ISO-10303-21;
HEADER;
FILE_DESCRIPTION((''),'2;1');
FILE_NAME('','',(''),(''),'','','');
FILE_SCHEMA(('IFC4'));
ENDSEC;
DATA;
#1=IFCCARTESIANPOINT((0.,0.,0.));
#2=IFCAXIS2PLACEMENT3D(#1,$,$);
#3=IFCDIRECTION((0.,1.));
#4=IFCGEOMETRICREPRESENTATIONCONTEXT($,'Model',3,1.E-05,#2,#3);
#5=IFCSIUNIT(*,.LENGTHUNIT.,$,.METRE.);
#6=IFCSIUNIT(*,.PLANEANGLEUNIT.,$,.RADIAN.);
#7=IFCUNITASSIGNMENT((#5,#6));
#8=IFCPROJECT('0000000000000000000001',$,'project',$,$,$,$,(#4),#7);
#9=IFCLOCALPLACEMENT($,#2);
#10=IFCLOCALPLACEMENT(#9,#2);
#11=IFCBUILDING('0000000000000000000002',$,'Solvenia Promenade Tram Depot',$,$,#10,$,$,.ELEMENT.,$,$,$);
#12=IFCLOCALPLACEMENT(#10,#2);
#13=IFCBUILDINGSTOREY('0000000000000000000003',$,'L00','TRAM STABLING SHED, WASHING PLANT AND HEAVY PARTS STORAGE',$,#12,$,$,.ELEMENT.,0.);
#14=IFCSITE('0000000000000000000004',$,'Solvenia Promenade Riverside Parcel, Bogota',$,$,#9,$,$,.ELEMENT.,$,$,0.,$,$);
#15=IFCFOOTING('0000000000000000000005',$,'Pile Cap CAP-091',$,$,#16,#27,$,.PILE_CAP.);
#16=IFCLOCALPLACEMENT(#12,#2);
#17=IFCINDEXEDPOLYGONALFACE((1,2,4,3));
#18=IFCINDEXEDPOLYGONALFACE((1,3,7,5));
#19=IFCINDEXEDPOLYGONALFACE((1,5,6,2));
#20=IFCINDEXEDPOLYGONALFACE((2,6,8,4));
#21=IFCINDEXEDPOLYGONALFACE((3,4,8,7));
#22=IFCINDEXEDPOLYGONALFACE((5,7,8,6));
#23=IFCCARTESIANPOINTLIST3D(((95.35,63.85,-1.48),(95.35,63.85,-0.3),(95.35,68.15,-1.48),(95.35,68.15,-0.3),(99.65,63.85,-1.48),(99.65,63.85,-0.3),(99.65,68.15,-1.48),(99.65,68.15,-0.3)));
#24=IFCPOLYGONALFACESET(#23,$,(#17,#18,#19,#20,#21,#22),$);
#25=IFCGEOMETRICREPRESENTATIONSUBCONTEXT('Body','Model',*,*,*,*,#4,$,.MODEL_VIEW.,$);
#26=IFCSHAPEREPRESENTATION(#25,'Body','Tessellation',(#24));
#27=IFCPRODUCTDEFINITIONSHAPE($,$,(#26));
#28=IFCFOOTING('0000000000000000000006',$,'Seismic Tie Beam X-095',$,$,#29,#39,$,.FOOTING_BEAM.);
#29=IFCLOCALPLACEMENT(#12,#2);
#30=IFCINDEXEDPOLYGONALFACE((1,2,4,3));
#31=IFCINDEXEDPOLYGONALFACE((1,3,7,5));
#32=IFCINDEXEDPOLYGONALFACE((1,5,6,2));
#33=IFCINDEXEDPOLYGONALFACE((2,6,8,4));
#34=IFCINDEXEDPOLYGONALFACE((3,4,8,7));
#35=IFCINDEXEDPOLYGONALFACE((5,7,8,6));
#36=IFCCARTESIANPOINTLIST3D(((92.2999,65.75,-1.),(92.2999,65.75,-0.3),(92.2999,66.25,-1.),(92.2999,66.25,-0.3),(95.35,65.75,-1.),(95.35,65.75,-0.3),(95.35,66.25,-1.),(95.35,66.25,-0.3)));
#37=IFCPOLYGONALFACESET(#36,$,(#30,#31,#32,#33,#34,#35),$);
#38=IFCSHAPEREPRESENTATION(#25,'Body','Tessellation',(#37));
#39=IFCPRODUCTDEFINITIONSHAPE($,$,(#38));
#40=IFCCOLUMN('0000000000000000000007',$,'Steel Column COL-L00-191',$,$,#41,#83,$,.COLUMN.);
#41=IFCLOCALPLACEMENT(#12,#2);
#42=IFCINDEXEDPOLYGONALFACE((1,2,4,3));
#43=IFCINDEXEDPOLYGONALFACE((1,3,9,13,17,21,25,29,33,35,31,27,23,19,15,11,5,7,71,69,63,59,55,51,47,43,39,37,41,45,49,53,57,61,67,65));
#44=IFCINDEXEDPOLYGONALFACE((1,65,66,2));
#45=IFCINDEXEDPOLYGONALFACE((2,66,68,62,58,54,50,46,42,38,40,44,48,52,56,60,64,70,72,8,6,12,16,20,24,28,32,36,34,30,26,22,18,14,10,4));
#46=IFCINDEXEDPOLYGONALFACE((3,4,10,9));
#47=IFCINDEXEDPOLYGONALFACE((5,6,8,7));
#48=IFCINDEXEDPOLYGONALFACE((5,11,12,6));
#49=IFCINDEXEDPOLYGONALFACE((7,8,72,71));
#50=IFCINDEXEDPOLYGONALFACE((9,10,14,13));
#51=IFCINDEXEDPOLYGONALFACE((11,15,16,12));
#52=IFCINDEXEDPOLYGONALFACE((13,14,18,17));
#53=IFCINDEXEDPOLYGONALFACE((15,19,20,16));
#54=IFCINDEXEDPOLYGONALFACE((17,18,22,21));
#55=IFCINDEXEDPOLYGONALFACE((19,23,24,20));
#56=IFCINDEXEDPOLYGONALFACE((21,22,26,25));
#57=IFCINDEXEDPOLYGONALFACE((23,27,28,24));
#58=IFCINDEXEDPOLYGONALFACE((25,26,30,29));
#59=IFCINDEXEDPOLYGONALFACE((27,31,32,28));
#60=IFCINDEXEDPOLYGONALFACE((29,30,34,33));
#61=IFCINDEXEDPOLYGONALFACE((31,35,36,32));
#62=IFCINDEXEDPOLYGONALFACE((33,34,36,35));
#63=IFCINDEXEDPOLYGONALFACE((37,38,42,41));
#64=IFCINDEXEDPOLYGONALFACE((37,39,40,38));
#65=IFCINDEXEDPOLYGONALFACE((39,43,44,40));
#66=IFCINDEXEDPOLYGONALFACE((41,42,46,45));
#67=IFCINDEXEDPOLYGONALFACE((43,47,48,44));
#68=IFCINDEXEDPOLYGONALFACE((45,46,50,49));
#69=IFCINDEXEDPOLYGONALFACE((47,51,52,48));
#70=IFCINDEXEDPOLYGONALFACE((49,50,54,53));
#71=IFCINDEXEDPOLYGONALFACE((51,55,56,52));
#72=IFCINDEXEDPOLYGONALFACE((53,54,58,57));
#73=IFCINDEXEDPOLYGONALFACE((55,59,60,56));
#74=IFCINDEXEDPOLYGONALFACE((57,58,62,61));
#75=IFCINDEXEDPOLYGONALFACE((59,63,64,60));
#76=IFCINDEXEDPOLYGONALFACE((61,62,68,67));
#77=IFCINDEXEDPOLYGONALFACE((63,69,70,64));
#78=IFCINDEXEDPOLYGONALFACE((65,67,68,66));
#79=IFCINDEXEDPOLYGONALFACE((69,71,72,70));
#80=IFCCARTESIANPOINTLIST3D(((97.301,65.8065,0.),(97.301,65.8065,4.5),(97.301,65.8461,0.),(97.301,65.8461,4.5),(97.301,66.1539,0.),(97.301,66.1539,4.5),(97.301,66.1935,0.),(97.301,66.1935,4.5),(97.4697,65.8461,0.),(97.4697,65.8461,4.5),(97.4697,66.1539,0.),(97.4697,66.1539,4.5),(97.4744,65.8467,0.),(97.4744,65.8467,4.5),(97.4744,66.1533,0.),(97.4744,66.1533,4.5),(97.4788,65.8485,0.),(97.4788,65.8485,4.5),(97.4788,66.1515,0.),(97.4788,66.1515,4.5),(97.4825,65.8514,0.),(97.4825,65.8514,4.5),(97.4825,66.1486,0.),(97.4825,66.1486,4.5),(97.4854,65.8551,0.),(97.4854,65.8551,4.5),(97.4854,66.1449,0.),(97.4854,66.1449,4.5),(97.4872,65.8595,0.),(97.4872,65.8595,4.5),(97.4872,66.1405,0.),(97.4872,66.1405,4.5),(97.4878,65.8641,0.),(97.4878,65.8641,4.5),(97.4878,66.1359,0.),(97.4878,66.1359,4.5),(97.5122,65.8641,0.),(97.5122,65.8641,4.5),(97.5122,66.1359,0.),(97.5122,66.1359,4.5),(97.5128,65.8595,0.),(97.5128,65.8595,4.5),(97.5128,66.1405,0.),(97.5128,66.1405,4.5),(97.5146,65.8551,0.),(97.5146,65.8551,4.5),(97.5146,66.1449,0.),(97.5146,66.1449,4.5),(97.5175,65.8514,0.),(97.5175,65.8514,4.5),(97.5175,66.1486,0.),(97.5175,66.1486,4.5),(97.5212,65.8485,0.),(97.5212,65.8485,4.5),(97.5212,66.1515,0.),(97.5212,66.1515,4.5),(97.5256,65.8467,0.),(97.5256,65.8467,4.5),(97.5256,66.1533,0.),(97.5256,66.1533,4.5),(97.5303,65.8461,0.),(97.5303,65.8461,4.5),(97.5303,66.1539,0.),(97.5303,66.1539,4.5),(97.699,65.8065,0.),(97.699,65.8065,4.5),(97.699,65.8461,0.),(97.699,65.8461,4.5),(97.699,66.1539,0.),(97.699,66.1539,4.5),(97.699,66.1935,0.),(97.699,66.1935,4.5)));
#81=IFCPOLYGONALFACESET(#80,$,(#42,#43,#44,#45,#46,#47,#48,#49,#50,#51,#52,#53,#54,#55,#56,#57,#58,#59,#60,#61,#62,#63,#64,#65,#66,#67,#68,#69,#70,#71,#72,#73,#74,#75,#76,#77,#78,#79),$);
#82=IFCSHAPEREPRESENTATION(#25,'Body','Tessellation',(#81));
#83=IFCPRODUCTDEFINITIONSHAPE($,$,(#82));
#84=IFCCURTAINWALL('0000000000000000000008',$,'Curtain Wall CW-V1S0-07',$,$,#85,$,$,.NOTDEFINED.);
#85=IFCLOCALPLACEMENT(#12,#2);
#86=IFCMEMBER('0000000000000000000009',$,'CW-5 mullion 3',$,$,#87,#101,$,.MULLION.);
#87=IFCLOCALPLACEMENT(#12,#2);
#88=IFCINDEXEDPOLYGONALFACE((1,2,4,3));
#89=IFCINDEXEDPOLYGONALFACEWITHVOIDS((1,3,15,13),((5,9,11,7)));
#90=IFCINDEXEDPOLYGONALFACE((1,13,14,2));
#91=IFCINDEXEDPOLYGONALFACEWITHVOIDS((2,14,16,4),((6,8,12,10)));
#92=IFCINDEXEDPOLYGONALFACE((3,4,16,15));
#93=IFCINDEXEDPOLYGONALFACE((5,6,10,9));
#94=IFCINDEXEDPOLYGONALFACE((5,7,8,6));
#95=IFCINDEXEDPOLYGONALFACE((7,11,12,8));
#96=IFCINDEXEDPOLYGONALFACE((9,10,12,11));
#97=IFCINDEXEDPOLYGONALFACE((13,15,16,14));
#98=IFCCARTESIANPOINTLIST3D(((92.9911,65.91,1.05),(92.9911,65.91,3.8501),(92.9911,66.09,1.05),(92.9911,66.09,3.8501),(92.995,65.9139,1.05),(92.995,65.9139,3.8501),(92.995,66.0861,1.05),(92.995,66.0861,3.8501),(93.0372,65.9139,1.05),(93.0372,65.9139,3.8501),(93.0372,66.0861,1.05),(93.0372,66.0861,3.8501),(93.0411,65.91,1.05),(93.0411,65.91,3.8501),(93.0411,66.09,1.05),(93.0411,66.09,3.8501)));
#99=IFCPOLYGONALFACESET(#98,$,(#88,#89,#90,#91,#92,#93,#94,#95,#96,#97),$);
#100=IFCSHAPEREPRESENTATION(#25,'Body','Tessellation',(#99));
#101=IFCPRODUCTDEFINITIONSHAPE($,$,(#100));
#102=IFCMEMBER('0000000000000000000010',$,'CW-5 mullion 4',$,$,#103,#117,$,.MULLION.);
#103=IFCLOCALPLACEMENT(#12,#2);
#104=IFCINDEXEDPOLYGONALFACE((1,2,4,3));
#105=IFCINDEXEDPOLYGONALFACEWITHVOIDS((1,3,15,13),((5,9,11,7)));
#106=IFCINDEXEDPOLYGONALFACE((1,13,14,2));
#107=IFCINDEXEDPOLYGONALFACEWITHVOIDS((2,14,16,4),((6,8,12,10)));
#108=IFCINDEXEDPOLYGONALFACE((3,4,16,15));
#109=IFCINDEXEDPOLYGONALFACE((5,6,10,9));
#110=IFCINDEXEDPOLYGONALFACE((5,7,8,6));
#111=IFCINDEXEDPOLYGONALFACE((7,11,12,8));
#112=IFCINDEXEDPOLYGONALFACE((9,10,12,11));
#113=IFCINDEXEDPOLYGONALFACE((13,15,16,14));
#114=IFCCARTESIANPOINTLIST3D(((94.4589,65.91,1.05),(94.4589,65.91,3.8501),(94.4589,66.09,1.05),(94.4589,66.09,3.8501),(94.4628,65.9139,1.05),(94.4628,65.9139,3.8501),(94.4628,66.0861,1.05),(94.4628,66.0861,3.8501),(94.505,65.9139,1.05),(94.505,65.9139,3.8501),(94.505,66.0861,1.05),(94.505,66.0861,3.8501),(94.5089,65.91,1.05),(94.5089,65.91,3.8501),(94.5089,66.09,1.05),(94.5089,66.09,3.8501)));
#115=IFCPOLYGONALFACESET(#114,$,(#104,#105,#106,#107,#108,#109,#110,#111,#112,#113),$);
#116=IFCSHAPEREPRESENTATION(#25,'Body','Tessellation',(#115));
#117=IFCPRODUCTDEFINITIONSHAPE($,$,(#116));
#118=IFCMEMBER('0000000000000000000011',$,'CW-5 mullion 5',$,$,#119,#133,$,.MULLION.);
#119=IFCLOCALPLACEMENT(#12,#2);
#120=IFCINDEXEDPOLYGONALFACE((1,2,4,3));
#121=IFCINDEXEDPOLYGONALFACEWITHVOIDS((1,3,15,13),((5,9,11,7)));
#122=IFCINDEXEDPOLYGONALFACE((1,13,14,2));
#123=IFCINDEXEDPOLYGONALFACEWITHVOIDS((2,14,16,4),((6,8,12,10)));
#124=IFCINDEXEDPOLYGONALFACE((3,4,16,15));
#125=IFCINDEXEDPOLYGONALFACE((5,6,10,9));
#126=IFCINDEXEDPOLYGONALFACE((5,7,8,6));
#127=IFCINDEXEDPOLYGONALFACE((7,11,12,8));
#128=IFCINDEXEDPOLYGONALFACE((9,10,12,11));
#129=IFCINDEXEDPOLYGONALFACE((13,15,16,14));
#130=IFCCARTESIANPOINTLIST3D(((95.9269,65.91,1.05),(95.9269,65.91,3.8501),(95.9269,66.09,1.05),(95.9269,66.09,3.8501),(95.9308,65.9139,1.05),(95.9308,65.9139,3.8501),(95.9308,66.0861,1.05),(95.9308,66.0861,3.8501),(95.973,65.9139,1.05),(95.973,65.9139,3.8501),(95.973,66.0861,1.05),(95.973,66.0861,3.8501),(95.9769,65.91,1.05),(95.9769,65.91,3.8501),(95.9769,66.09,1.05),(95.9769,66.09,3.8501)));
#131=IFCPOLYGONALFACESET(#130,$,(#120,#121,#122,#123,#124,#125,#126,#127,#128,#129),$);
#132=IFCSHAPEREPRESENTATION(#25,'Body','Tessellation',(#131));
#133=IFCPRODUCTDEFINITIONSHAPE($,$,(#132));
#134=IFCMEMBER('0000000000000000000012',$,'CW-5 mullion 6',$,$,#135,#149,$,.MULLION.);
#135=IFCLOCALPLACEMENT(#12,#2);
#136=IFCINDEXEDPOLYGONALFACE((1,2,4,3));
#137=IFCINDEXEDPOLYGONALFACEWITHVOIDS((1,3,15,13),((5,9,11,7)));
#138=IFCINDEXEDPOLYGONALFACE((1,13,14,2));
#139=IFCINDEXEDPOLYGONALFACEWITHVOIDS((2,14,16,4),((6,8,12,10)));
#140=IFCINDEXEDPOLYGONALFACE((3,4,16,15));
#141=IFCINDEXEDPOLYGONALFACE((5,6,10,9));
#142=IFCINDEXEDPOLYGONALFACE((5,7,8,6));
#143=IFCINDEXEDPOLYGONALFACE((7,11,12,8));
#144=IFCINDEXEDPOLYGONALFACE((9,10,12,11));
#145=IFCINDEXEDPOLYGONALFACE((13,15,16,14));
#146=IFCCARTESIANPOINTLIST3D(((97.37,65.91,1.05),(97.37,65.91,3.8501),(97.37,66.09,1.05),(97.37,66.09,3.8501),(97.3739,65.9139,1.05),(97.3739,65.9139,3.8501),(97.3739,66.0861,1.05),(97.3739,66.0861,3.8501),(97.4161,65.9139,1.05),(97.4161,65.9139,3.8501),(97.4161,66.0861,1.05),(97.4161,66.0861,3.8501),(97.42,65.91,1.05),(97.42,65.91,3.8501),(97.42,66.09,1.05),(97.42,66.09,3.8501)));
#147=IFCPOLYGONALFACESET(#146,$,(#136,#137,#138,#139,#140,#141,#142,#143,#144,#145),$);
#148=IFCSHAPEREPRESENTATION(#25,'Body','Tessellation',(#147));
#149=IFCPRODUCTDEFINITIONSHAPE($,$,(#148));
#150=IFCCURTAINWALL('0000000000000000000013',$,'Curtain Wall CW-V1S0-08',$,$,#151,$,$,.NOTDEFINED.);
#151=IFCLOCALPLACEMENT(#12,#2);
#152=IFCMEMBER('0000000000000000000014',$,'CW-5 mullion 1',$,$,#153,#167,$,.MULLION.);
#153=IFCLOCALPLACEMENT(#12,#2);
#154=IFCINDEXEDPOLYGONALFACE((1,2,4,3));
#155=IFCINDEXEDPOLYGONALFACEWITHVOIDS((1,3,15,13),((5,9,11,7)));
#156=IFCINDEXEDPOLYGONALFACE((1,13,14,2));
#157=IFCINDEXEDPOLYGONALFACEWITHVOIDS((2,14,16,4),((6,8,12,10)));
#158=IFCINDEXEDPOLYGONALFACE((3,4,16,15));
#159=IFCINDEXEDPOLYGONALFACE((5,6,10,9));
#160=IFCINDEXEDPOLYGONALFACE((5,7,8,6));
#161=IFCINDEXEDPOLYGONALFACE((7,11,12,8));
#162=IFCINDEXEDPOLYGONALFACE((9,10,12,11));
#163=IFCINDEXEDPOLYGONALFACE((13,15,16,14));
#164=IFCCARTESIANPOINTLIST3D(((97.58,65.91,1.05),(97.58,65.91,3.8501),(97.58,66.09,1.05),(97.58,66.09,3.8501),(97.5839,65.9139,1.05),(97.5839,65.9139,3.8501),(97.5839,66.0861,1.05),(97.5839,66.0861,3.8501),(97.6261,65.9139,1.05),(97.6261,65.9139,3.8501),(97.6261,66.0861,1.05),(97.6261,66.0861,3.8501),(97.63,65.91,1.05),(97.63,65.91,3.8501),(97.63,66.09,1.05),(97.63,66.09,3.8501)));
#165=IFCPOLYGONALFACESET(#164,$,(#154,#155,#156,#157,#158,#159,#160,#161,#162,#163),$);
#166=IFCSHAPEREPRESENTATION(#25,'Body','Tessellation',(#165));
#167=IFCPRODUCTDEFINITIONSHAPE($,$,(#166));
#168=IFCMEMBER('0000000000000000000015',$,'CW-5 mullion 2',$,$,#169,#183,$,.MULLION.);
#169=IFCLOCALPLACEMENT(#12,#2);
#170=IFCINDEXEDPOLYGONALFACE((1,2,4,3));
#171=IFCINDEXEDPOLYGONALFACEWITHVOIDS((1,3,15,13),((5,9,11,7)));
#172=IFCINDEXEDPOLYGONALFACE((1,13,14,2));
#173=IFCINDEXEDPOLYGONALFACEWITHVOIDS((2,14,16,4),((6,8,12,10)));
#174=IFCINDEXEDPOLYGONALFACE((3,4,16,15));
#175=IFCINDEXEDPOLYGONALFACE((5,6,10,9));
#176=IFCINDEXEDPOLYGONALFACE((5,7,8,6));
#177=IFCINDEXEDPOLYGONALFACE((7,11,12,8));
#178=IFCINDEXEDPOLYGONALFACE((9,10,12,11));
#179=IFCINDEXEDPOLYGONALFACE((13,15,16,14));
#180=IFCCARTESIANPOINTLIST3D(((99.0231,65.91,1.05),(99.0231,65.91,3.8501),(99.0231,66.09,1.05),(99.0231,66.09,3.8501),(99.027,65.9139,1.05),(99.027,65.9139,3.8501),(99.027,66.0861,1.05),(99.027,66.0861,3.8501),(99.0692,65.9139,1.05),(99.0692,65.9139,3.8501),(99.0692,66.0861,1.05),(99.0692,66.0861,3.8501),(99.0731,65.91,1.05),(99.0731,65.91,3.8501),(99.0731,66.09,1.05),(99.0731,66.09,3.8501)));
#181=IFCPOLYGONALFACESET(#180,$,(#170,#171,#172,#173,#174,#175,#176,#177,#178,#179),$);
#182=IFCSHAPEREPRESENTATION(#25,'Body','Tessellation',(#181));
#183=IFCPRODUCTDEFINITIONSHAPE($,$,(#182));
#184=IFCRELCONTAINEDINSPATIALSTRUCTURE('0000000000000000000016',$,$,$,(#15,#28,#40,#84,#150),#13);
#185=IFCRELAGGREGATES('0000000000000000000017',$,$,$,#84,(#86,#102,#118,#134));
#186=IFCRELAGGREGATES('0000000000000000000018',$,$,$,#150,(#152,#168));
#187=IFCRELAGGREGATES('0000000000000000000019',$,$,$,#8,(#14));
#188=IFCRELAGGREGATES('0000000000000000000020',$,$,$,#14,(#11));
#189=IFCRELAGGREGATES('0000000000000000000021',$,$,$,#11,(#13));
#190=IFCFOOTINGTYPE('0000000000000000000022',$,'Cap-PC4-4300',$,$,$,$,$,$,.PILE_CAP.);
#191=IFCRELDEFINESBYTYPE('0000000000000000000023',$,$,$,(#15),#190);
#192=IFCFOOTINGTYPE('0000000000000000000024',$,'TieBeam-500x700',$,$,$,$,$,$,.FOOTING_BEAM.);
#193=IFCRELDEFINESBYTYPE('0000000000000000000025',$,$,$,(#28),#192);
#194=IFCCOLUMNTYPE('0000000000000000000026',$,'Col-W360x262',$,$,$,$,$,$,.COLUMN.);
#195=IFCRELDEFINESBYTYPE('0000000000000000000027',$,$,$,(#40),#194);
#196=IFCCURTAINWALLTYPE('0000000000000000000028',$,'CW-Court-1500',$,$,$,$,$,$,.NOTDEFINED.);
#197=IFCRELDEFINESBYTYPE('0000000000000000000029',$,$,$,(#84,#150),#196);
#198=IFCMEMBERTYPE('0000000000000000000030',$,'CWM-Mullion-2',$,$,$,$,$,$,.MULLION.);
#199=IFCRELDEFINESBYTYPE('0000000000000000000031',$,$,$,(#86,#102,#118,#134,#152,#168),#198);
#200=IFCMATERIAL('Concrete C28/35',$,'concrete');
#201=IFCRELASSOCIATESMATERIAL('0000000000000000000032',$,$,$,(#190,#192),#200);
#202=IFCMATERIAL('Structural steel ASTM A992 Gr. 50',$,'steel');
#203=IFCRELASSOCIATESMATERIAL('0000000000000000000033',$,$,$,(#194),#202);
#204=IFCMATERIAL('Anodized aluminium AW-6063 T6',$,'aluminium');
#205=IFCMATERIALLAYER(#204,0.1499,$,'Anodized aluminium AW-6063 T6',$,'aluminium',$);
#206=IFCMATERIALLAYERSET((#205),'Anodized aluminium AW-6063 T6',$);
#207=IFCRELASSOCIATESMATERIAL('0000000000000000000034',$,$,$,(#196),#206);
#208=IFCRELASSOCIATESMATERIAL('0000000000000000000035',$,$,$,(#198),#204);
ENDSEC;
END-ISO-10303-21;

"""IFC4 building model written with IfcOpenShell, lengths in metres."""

from ifc_helpers import new_model, si_unit, direction, frame, origin, origin_2d, place, context, subcontext, project, spatial, rectangle, hollow_rectangle, i_section, extrude, material, layer, layer_set, material_profile, profile_set, type_object, element, aggregate, save


model = new_model("IFC4")

# Units and contexts
model_context = context("Model", 3, precision=1e-05, world=origin(), true_north=direction((0.0, 1.0)))
body_context = subcontext(model_context, "Body", "Model", "MODEL_VIEW")
ifc_project = project(units=[si_unit("LENGTHUNIT", "METRE"), si_unit("PLANEANGLEUNIT", "RADIAN")], contexts=[model_context])

# Site, building, storey
site_placement = place(None, origin())
site = spatial("IfcSite", under=ifc_project, at=site_placement, Name="Solvenia Promenade Riverside Parcel, Bogota", CompositionType="ELEMENT", RefElevation=0.0)
building_placement = place(site_placement, origin())
building = spatial("IfcBuilding", under=site, at=building_placement, Name="Solvenia Promenade Tram Depot", CompositionType="ELEMENT")
storey_placement = place(building_placement, origin())
storey = spatial("IfcBuildingStorey", under=building, at=storey_placement, Name="L00", Description="TRAM STABLING SHED, WASHING PLANT AND HEAVY PARTS STORAGE", CompositionType="ELEMENT", Elevation=0.0)

# Footings
ifc_material_1 = material(Name="Concrete C28/35", Category="concrete")
footing_type_1 = type_object("IfcFootingType", Name="Cap-PC4-4300", PredefinedType="PILE_CAP", material=ifc_material_1)
footing_1_placement = place(storey_placement, frame((97.5, 66.0, -1.48), z_axis=(0.0, 0.0, 1.0), x_axis=(1.0, 0.0, 0.0)))
element("IfcFooting", 1, at=footing_1_placement, inside=storey, type_object=footing_type_1, Name="Pile Cap CAP-091", PredefinedType="PILE_CAP", context=body_context, shape_type="SweptSolid", body=[
    extrude(rectangle(XDim=4.3, YDim=4.3, at=origin_2d()), origin(), (0.0, 0.0, 1.0), 1.1799),
])
footing_type_2 = type_object("IfcFootingType", Name="TieBeam-500x700", PredefinedType="FOOTING_BEAM", material=ifc_material_1)
footing_2_placement = place(storey_placement, frame((93.825, 66.0, -1.0), z_axis=(0.0, 0.0, 1.0), x_axis=(1.0, 0.0, 0.0)))
element("IfcFooting", 2, at=footing_2_placement, inside=storey, type_object=footing_type_2, Name="Seismic Tie Beam X-095", PredefinedType="FOOTING_BEAM", context=body_context, shape_type="SweptSolid", body=[
    extrude(rectangle(XDim=3.05, YDim=0.5, at=origin_2d()), origin(), (0.0, 0.0, 1.0), 0.7),
])

# Column
ifc_material_2 = material(Name="Structural steel ASTM A992 Gr. 50", Category="steel")
ifc_material_profile_1 = material_profile(ifc_material_2, i_section(OverallWidth=0.3979, OverallDepth=0.387, WebThickness=0.0244, FlangeThickness=0.0396, FilletRadius=0.0181, at=origin_2d()), Name="W360x262", Category="steel")
ifc_profile_set_1 = profile_set([ifc_material_profile_1], Name="Structural steel ASTM A992 Gr. 50")
column_type = type_object("IfcColumnType", Name="Col-W360x262", PredefinedType="COLUMN", material=ifc_profile_set_1)
column_placement = place(storey_placement, frame((97.5, 66.0, 0.0), z_axis=(0.0, 0.0, 1.0), x_axis=(1.0, 0.0, 0.0)))
element("IfcColumn", 3, at=column_placement, inside=storey, type_object=column_type, Name="Steel Column COL-L00-191", PredefinedType="COLUMN", context=body_context, shape_type="SweptSolid", body=[
    extrude(i_section(OverallWidth=0.3979, OverallDepth=0.387, WebThickness=0.0244, FlangeThickness=0.0396, FilletRadius=0.0181, at=origin_2d()), origin(), (0.0, 0.0, 1.0), 4.5),
])

# Curtain walls, members
ifc_material_3 = material(Name="Anodized aluminium AW-6063 T6", Category="aluminium")
ifc_layer_1 = layer(ifc_material_3, 0.1499, Name="Anodized aluminium AW-6063 T6", Category="aluminium")
ifc_layer_set_1 = layer_set([ifc_layer_1], Name="Anodized aluminium AW-6063 T6")
curtain_wall_type = type_object("IfcCurtainWallType", Name="CW-Court-1500", PredefinedType="NOTDEFINED", material=ifc_layer_set_1)
curtain_wall_1_placement = place(storey_placement, origin())
curtain_wall_1 = element("IfcCurtainWall", 4, at=curtain_wall_1_placement, inside=storey, type_object=curtain_wall_type, Name="Curtain Wall CW-V1S0-07", PredefinedType="NOTDEFINED")
ifc_material_profile_2 = material_profile(ifc_material_3, hollow_rectangle(XDim=0.1799, YDim=0.05, WallThickness=0.0039, at=origin_2d()), Name="ALU-M2", Category="aluminium")
ifc_profile_set_2 = profile_set([ifc_material_profile_2], Name="Anodized aluminium AW-6063 T6")
member_type_1 = type_object("IfcMemberType", Name="CWM-Mullion-2", PredefinedType="MULLION", material=ifc_profile_set_2)
member_1_placement = place(storey_placement, frame((93.0161, 66.0, 1.05), z_axis=(0.0, 0.0, 1.0), x_axis=(0.0, 1.0, 0.0)))
member_1 = element("IfcMember", 5, at=member_1_placement, type_object=member_type_1, Name="CW-5 mullion 3", PredefinedType="MULLION", context=body_context, shape_type="SweptSolid", body=[
    extrude(hollow_rectangle(XDim=0.1799, YDim=0.05, WallThickness=0.0039, at=origin_2d()), origin(), (0.0, 0.0, 1.0), 2.8),
])
member_2_placement = place(storey_placement, frame((94.4839, 66.0, 1.05), z_axis=(0.0, 0.0, 1.0), x_axis=(0.0, 1.0, 0.0)))
member_2 = element("IfcMember", 6, at=member_2_placement, type_object=member_type_1, Name="CW-5 mullion 4", PredefinedType="MULLION", context=body_context, shape_type="SweptSolid", body=[
    extrude(hollow_rectangle(XDim=0.1799, YDim=0.05, WallThickness=0.0039, at=origin_2d()), origin(), (0.0, 0.0, 1.0), 2.8),
])
member_3_placement = place(storey_placement, frame((95.9519, 66.0, 1.05), z_axis=(0.0, 0.0, 1.0), x_axis=(0.0, 1.0, 0.0)))
member_3 = element("IfcMember", 7, at=member_3_placement, type_object=member_type_1, Name="CW-5 mullion 5", PredefinedType="MULLION", context=body_context, shape_type="SweptSolid", body=[
    extrude(hollow_rectangle(XDim=0.1799, YDim=0.05, WallThickness=0.0039, at=origin_2d()), origin(), (0.0, 0.0, 1.0), 2.8),
])
member_4_placement = place(storey_placement, frame((97.395, 66.0, 1.05), z_axis=(0.0, 0.0, 1.0), x_axis=(0.0, 1.0, 0.0)))
member_4 = element("IfcMember", 8, at=member_4_placement, type_object=member_type_1, Name="CW-5 mullion 6", PredefinedType="MULLION", context=body_context, shape_type="SweptSolid", body=[
    extrude(hollow_rectangle(XDim=0.1799, YDim=0.05, WallThickness=0.0039, at=origin_2d()), origin(), (0.0, 0.0, 1.0), 2.8),
])
curtain_wall_2_placement = place(storey_placement, origin())
curtain_wall_2 = element("IfcCurtainWall", 9, at=curtain_wall_2_placement, inside=storey, type_object=curtain_wall_type, Name="Curtain Wall CW-V1S0-08", PredefinedType="NOTDEFINED")
member_5_placement = place(storey_placement, frame((97.605, 66.0, 1.05), z_axis=(0.0, 0.0, 1.0), x_axis=(0.0, 1.0, 0.0)))
member_5 = element("IfcMember", 10, at=member_5_placement, type_object=member_type_1, Name="CW-5 mullion 1", PredefinedType="MULLION", context=body_context, shape_type="SweptSolid", body=[
    extrude(hollow_rectangle(XDim=0.1799, YDim=0.05, WallThickness=0.0039, at=origin_2d()), origin(), (0.0, 0.0, 1.0), 2.8),
])
member_6_placement = place(storey_placement, frame((99.0481, 66.0, 1.05), z_axis=(0.0, 0.0, 1.0), x_axis=(0.0, 1.0, 0.0)))
member_6 = element("IfcMember", 11, at=member_6_placement, type_object=member_type_1, Name="CW-5 mullion 2", PredefinedType="MULLION", context=body_context, shape_type="SweptSolid", body=[
    extrude(hollow_rectangle(XDim=0.1799, YDim=0.05, WallThickness=0.0039, at=origin_2d()), origin(), (0.0, 0.0, 1.0), 2.8),
])

aggregate(curtain_wall_1, [member_1, member_2, member_3, member_4])
aggregate(curtain_wall_2, [member_5, member_6])

save(model, "model.ifc")
